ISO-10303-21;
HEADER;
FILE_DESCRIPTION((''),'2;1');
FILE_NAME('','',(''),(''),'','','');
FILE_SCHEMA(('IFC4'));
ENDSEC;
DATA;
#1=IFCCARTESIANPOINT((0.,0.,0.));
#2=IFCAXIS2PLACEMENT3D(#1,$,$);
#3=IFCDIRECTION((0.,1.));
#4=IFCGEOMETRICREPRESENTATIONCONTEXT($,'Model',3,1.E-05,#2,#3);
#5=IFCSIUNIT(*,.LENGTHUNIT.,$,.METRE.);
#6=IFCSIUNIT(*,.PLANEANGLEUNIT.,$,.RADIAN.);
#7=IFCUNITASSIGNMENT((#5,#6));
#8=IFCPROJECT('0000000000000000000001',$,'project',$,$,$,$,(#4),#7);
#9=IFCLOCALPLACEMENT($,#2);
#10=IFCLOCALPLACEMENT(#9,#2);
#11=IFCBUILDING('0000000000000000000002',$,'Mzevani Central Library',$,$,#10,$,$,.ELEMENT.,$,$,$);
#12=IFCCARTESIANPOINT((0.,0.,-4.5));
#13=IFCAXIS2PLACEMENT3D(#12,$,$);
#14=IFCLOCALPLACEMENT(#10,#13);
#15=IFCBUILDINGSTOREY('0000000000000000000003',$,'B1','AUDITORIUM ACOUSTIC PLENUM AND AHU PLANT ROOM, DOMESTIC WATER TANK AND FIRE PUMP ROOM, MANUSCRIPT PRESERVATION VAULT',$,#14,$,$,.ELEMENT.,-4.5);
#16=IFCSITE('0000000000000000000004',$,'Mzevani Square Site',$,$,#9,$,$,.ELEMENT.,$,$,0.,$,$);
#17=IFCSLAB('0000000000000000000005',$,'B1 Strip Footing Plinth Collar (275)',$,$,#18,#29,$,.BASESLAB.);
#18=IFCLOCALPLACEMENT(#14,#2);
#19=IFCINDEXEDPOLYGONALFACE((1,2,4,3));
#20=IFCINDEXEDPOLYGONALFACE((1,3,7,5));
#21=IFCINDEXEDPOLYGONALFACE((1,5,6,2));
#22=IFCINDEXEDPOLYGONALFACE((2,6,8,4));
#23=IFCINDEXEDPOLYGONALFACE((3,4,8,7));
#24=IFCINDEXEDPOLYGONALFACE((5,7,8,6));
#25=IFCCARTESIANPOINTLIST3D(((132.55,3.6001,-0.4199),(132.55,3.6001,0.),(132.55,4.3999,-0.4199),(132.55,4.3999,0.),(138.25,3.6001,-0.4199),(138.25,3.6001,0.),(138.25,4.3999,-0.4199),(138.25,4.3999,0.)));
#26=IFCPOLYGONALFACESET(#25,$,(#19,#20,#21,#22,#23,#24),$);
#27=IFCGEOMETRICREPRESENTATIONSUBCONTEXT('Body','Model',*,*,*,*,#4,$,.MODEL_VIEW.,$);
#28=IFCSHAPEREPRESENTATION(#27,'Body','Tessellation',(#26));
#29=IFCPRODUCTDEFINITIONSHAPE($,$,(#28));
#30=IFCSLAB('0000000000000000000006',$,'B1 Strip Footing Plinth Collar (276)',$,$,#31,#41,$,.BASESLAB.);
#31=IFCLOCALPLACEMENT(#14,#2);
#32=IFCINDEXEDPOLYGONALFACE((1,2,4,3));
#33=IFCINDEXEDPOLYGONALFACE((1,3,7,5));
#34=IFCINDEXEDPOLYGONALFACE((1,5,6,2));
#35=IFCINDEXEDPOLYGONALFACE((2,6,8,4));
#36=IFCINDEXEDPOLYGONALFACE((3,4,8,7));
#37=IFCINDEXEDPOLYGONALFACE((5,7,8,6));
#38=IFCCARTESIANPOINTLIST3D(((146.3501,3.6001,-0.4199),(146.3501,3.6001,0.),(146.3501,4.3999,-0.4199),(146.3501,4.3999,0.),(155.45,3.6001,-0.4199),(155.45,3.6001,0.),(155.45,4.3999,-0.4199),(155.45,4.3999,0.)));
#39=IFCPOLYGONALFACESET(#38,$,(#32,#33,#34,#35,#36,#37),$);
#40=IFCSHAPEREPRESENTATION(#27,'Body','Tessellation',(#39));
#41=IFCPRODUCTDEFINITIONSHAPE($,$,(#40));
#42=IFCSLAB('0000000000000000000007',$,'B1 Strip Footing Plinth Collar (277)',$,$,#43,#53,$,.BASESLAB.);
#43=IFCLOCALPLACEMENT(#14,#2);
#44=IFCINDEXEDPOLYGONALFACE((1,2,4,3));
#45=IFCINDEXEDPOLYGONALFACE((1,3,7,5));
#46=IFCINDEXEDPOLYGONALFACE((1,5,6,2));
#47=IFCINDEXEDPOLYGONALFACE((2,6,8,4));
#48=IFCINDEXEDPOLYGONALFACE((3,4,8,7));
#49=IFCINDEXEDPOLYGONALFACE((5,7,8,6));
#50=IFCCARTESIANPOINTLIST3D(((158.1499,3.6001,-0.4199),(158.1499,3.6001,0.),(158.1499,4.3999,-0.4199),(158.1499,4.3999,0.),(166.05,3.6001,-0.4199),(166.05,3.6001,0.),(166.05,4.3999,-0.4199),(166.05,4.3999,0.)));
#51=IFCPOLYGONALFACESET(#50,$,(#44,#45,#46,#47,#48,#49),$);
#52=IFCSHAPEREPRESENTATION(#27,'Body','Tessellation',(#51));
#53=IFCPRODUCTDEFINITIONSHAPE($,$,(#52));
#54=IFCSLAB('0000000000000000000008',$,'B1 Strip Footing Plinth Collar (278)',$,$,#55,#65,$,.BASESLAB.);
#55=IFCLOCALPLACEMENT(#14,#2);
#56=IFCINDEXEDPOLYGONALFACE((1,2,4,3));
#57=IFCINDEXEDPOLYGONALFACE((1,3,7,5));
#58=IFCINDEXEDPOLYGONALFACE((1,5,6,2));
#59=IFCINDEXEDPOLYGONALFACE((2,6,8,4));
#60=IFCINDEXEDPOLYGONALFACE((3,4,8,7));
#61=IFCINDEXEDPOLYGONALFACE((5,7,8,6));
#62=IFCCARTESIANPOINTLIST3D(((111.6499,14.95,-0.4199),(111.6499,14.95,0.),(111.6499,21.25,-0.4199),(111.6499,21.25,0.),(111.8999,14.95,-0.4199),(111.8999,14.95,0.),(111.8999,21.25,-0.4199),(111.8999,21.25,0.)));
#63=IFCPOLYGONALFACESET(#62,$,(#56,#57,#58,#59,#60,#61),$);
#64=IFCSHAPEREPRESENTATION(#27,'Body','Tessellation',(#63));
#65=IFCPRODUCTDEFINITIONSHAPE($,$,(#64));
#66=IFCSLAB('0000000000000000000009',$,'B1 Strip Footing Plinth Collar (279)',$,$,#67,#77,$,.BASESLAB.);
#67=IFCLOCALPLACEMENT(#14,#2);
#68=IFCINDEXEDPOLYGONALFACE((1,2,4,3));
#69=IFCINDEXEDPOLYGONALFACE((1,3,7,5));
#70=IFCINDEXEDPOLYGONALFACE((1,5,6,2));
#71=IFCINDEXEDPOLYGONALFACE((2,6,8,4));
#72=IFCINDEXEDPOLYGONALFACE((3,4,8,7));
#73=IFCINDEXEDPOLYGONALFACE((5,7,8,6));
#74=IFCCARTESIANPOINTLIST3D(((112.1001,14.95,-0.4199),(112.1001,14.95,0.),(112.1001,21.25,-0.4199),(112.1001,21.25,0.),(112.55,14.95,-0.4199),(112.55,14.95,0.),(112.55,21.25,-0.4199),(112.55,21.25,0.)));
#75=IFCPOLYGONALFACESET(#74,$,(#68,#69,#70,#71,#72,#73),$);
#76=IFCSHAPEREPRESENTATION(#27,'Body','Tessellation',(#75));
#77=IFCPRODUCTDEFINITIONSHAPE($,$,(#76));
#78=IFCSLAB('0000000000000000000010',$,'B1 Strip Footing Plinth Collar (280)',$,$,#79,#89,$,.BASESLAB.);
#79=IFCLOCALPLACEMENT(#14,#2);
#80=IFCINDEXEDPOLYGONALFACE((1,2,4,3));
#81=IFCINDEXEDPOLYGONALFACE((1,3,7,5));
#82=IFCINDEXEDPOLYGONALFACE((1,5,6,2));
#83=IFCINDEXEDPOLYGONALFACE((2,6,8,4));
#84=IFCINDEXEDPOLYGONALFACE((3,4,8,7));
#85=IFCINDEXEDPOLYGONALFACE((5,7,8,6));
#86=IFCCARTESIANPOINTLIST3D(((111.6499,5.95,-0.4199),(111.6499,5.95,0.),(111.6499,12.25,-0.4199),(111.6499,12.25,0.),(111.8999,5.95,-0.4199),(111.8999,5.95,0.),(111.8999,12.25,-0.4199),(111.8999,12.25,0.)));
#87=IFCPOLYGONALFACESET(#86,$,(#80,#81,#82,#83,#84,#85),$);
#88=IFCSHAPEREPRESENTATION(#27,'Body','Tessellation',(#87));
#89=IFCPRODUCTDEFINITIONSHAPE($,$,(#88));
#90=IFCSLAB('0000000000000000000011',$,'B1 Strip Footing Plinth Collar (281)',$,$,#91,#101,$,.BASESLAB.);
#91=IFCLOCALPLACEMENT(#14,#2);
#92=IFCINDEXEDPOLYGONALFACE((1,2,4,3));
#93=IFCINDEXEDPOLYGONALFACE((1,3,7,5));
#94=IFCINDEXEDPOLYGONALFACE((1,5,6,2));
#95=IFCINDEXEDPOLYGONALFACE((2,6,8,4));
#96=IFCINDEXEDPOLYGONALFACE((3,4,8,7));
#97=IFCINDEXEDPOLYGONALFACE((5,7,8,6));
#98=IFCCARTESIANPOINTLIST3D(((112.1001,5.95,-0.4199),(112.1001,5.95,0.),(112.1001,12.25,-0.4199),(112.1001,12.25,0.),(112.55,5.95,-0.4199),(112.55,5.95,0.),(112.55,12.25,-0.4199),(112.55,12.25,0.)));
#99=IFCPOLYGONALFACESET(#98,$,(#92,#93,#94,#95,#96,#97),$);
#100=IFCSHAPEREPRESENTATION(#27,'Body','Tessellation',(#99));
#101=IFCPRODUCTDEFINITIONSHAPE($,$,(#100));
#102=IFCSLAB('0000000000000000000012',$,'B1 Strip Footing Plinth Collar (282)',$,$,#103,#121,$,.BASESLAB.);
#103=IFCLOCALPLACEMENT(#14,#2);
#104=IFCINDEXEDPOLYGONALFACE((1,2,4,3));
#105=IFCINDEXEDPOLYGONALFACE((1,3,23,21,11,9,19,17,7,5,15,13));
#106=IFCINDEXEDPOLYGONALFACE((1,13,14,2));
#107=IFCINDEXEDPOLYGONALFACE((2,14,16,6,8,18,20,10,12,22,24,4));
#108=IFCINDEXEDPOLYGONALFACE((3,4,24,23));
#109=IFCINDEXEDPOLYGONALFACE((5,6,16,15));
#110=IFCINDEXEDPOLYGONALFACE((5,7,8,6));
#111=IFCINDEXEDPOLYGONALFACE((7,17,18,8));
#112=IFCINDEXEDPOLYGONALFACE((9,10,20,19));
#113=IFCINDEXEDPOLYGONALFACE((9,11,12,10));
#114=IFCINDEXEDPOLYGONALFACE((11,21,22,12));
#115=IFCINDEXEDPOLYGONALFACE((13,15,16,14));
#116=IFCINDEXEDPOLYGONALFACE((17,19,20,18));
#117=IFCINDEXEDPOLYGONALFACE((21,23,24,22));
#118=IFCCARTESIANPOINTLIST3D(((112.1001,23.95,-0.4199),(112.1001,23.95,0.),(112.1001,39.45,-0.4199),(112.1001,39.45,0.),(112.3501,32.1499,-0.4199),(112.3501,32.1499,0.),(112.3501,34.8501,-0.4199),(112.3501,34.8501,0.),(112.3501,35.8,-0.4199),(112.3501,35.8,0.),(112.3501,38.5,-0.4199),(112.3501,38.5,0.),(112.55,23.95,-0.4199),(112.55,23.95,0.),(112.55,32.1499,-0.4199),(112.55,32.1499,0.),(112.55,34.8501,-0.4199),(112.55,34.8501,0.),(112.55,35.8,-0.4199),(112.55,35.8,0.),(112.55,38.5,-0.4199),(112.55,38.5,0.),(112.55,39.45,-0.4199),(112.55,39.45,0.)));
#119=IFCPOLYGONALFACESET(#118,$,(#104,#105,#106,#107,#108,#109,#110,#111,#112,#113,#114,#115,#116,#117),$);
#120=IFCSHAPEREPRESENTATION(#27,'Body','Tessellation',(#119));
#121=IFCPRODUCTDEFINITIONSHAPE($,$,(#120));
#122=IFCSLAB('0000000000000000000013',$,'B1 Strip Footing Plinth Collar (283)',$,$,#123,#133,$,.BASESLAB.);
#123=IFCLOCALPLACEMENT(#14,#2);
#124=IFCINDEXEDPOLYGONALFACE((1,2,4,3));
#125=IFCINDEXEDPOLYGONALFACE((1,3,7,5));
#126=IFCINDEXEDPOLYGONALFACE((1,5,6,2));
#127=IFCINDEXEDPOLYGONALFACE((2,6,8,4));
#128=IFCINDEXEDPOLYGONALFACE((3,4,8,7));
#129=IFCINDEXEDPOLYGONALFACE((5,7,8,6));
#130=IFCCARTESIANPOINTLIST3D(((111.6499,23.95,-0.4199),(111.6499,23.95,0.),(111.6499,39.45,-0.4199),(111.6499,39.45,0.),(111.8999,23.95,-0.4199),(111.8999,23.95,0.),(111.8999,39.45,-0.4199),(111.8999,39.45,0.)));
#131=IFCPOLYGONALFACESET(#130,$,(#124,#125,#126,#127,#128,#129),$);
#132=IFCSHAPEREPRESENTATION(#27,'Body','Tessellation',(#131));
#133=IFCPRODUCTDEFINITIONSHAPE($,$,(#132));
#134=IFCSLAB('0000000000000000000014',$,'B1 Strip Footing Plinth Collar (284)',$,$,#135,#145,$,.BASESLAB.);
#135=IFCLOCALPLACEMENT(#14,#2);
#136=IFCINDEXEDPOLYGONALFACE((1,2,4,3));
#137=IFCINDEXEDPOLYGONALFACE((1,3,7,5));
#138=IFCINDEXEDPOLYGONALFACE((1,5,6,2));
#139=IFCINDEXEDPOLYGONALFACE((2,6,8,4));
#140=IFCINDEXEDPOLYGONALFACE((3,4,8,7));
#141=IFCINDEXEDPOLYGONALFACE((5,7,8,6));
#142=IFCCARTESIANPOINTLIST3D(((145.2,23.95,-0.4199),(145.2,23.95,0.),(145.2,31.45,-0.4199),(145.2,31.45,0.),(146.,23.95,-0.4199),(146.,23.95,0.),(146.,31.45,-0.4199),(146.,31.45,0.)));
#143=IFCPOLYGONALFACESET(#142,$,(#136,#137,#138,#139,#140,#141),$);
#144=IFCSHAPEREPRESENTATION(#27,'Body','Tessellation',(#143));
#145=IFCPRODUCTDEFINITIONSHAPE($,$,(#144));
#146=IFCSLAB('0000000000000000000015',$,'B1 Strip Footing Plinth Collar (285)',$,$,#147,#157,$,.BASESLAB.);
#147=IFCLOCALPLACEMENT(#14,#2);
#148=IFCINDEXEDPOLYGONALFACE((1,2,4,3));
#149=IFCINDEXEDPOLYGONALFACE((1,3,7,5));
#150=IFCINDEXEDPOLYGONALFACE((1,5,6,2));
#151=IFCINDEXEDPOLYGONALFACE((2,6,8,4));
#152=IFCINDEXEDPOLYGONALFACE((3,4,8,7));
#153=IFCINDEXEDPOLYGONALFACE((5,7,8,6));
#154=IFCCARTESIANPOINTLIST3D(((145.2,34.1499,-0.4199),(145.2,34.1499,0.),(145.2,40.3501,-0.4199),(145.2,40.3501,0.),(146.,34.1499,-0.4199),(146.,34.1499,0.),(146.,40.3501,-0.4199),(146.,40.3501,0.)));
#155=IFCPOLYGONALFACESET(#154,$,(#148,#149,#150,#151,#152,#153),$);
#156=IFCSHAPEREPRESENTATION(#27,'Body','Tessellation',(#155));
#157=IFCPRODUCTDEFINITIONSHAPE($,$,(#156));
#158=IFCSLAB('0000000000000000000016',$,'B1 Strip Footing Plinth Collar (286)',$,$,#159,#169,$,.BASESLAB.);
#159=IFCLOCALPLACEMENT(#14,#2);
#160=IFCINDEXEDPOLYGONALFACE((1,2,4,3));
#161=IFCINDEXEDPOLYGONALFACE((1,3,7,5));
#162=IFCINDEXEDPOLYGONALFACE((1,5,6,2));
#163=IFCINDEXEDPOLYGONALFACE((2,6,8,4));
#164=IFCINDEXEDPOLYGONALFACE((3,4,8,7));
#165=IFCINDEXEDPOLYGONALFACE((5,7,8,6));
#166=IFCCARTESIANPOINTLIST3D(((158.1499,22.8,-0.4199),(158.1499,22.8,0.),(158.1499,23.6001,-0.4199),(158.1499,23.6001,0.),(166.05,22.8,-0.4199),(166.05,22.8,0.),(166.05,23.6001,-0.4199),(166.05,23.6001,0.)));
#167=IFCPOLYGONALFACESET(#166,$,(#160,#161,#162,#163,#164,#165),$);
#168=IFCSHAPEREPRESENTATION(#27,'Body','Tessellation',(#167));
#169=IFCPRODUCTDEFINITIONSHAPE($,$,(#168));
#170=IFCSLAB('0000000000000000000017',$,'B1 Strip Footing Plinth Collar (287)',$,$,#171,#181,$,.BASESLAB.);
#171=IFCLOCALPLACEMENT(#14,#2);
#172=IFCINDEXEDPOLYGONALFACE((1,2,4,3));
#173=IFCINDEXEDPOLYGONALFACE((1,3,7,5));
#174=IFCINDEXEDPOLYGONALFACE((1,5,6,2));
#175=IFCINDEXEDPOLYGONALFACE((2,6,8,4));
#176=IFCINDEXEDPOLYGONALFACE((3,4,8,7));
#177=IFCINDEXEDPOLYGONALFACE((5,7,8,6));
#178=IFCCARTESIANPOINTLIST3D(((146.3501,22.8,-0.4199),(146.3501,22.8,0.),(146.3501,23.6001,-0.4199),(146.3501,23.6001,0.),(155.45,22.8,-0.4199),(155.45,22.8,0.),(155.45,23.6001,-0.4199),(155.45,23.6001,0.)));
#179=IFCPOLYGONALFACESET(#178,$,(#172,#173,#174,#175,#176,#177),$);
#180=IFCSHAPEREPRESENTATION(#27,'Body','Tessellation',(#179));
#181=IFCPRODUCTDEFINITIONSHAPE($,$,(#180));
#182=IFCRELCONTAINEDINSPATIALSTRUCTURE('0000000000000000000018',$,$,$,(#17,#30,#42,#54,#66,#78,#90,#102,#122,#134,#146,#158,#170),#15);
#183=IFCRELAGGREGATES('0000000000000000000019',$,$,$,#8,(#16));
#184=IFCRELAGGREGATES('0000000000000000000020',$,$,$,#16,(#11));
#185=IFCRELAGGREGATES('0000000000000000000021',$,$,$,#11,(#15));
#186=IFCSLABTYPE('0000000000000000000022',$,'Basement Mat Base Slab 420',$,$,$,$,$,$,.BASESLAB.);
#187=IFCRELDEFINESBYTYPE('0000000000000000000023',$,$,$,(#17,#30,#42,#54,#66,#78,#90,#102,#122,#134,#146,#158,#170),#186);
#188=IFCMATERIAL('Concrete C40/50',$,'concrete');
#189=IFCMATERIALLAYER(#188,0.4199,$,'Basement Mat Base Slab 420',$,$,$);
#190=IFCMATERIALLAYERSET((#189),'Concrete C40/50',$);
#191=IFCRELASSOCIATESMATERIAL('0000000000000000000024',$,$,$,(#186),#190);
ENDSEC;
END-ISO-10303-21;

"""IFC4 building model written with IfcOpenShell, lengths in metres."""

from ifc_helpers import new_model, si_unit, direction, frame, origin, place, context, subcontext, project, spatial, polyline, outline, extrude, material, layer, layer_set, type_object, element, save


model = new_model("IFC4")

# Units and contexts
model_context = context("Model", 3, precision=1e-05, world=origin(), true_north=direction((0.0, 1.0)))
body_context = subcontext(model_context, "Body", "Model", "MODEL_VIEW")
ifc_project = project(units=[si_unit("LENGTHUNIT", "METRE"), si_unit("PLANEANGLEUNIT", "RADIAN")], contexts=[model_context])

# Site, building, storey
site_placement = place(None, origin())
site = spatial("IfcSite", under=ifc_project, at=site_placement, Name="Mzevani Square Site", CompositionType="ELEMENT", RefElevation=0.0)
building_placement = place(site_placement, origin())
building = spatial("IfcBuilding", under=site, at=building_placement, Name="Mzevani Central Library", CompositionType="ELEMENT")
storey_placement = place(building_placement, frame((0.0, 0.0, -4.5)))
storey = spatial("IfcBuildingStorey", under=building, at=storey_placement, Name="B1", Description="AUDITORIUM ACOUSTIC PLENUM AND AHU PLANT ROOM, DOMESTIC WATER TANK AND FIRE PUMP ROOM, MANUSCRIPT PRESERVATION VAULT", CompositionType="ELEMENT", Elevation=-4.5)

# Slabs
ifc_material = material(Name="Concrete C40/50", Category="concrete")
ifc_layer = layer(ifc_material, 0.4199, Name="Basement Mat Base Slab 420")
ifc_layer_set = layer_set([ifc_layer], Name="Concrete C40/50")
slab_type = type_object("IfcSlabType", Name="Basement Mat Base Slab 420", PredefinedType="BASESLAB", material=ifc_layer_set)
slab_1_placement = place(storey_placement, frame((0.0, 0.0, -0.4199)))
element("IfcSlab", 1, at=slab_1_placement, inside=storey, type_object=slab_type, Name="B1 Strip Footing Plinth Collar (275)", PredefinedType="BASESLAB", context=body_context, shape_type="SweptSolid", body=[
    extrude(outline(polyline([(132.55, 4.3999), (138.25, 4.3999), (138.25, 3.6001), (132.55, 3.6001), (132.55, 4.3999)])), origin(), (0.0, 0.0, 1.0), 0.4199),
])
slab_2_placement = place(storey_placement, frame((0.0, 0.0, -0.4199)))
element("IfcSlab", 2, at=slab_2_placement, inside=storey, type_object=slab_type, Name="B1 Strip Footing Plinth Collar (276)", PredefinedType="BASESLAB", context=body_context, shape_type="SweptSolid", body=[
    extrude(outline(polyline([(146.3501, 4.3999), (155.45, 4.3999), (155.45, 3.6001), (146.3501, 3.6001), (146.3501, 4.3999)])), origin(), (0.0, 0.0, 1.0), 0.4199),
])
slab_3_placement = place(storey_placement, frame((0.0, 0.0, -0.4199)))
element("IfcSlab", 3, at=slab_3_placement, inside=storey, type_object=slab_type, Name="B1 Strip Footing Plinth Collar (277)", PredefinedType="BASESLAB", context=body_context, shape_type="SweptSolid", body=[
    extrude(outline(polyline([(158.1499, 4.3999), (166.05, 4.3999), (166.05, 3.6001), (158.1499, 3.6001), (158.1499, 4.3999)])), origin(), (0.0, 0.0, 1.0), 0.4199),
])
slab_4_placement = place(storey_placement, frame((0.0, 0.0, -0.4199)))
element("IfcSlab", 4, at=slab_4_placement, inside=storey, type_object=slab_type, Name="B1 Strip Footing Plinth Collar (278)", PredefinedType="BASESLAB", context=body_context, shape_type="SweptSolid", body=[
    extrude(outline(polyline([(111.8999, 21.25), (111.8999, 14.95), (111.6499, 14.95), (111.6499, 21.25), (111.8999, 21.25)])), origin(), (0.0, 0.0, 1.0), 0.4199),
])
slab_5_placement = place(storey_placement, frame((0.0, 0.0, -0.4199)))
element("IfcSlab", 5, at=slab_5_placement, inside=storey, type_object=slab_type, Name="B1 Strip Footing Plinth Collar (279)", PredefinedType="BASESLAB", context=body_context, shape_type="SweptSolid", body=[
    extrude(outline(polyline([(112.55, 21.25), (112.55, 14.95), (112.1001, 14.95), (112.1001, 21.25), (112.55, 21.25)])), origin(), (0.0, 0.0, 1.0), 0.4199),
])
slab_6_placement = place(storey_placement, frame((0.0, 0.0, -0.4199)))
element("IfcSlab", 6, at=slab_6_placement, inside=storey, type_object=slab_type, Name="B1 Strip Footing Plinth Collar (280)", PredefinedType="BASESLAB", context=body_context, shape_type="SweptSolid", body=[
    extrude(outline(polyline([(111.8999, 12.25), (111.8999, 5.95), (111.6499, 5.95), (111.6499, 12.25), (111.8999, 12.25)])), origin(), (0.0, 0.0, 1.0), 0.4199),
])
slab_7_placement = place(storey_placement, frame((0.0, 0.0, -0.4199)))
element("IfcSlab", 7, at=slab_7_placement, inside=storey, type_object=slab_type, Name="B1 Strip Footing Plinth Collar (281)", PredefinedType="BASESLAB", context=body_context, shape_type="SweptSolid", body=[
    extrude(outline(polyline([(112.55, 12.25), (112.55, 5.95), (112.1001, 5.95), (112.1001, 12.25), (112.55, 12.25)])), origin(), (0.0, 0.0, 1.0), 0.4199),
])
slab_8_placement = place(storey_placement, frame((0.0, 0.0, -0.4199)))
element("IfcSlab", 8, at=slab_8_placement, inside=storey, type_object=slab_type, Name="B1 Strip Footing Plinth Collar (282)", PredefinedType="BASESLAB", context=body_context, shape_type="SweptSolid", body=[
    extrude(outline(polyline([(112.55, 35.8), (112.55, 34.8501), (112.3501, 34.8501), (112.3501, 32.1499), (112.55, 32.1499), (112.55, 23.95), (112.1001, 23.95), (112.1001, 39.45), (112.55, 39.45), (112.55, 38.5), (112.3501, 38.5), (112.3501, 35.8), (112.55, 35.8)])), origin(), (0.0, 0.0, 1.0), 0.4199),
])
slab_9_placement = place(storey_placement, frame((0.0, 0.0, -0.4199)))
element("IfcSlab", 9, at=slab_9_placement, inside=storey, type_object=slab_type, Name="B1 Strip Footing Plinth Collar (283)", PredefinedType="BASESLAB", context=body_context, shape_type="SweptSolid", body=[
    extrude(outline(polyline([(111.6499, 23.95), (111.6499, 39.45), (111.8999, 39.45), (111.8999, 23.95), (111.6499, 23.95)])), origin(), (0.0, 0.0, 1.0), 0.4199),
])
slab_10_placement = place(storey_placement, frame((0.0, 0.0, -0.4199)))
element("IfcSlab", 10, at=slab_10_placement, inside=storey, type_object=slab_type, Name="B1 Strip Footing Plinth Collar (284)", PredefinedType="BASESLAB", context=body_context, shape_type="SweptSolid", body=[
    extrude(outline(polyline([(145.2, 23.95), (145.2, 31.45), (146.0, 31.45), (146.0, 23.95), (145.2, 23.95)])), origin(), (0.0, 0.0, 1.0), 0.4199),
])
slab_11_placement = place(storey_placement, frame((0.0, 0.0, -0.4199)))
element("IfcSlab", 11, at=slab_11_placement, inside=storey, type_object=slab_type, Name="B1 Strip Footing Plinth Collar (285)", PredefinedType="BASESLAB", context=body_context, shape_type="SweptSolid", body=[
    extrude(outline(polyline([(145.2, 34.1499), (145.2, 40.3501), (146.0, 40.3501), (146.0, 34.1499), (145.2, 34.1499)])), origin(), (0.0, 0.0, 1.0), 0.4199),
])
slab_12_placement = place(storey_placement, frame((0.0, 0.0, -0.4199)))
element("IfcSlab", 12, at=slab_12_placement, inside=storey, type_object=slab_type, Name="B1 Strip Footing Plinth Collar (286)", PredefinedType="BASESLAB", context=body_context, shape_type="SweptSolid", body=[
    extrude(outline(polyline([(166.05, 22.8), (158.1499, 22.8), (158.1499, 23.6001), (166.05, 23.6001), (166.05, 22.8)])), origin(), (0.0, 0.0, 1.0), 0.4199),
])
slab_13_placement = place(storey_placement, frame((0.0, 0.0, -0.4199)))
element("IfcSlab", 13, at=slab_13_placement, inside=storey, type_object=slab_type, Name="B1 Strip Footing Plinth Collar (287)", PredefinedType="BASESLAB", context=body_context, shape_type="SweptSolid", body=[
    extrude(outline(polyline([(155.45, 22.8), (146.3501, 22.8), (146.3501, 23.6001), (155.45, 23.6001), (155.45, 22.8)])), origin(), (0.0, 0.0, 1.0), 0.4199),
])

save(model, "model.ifc")
